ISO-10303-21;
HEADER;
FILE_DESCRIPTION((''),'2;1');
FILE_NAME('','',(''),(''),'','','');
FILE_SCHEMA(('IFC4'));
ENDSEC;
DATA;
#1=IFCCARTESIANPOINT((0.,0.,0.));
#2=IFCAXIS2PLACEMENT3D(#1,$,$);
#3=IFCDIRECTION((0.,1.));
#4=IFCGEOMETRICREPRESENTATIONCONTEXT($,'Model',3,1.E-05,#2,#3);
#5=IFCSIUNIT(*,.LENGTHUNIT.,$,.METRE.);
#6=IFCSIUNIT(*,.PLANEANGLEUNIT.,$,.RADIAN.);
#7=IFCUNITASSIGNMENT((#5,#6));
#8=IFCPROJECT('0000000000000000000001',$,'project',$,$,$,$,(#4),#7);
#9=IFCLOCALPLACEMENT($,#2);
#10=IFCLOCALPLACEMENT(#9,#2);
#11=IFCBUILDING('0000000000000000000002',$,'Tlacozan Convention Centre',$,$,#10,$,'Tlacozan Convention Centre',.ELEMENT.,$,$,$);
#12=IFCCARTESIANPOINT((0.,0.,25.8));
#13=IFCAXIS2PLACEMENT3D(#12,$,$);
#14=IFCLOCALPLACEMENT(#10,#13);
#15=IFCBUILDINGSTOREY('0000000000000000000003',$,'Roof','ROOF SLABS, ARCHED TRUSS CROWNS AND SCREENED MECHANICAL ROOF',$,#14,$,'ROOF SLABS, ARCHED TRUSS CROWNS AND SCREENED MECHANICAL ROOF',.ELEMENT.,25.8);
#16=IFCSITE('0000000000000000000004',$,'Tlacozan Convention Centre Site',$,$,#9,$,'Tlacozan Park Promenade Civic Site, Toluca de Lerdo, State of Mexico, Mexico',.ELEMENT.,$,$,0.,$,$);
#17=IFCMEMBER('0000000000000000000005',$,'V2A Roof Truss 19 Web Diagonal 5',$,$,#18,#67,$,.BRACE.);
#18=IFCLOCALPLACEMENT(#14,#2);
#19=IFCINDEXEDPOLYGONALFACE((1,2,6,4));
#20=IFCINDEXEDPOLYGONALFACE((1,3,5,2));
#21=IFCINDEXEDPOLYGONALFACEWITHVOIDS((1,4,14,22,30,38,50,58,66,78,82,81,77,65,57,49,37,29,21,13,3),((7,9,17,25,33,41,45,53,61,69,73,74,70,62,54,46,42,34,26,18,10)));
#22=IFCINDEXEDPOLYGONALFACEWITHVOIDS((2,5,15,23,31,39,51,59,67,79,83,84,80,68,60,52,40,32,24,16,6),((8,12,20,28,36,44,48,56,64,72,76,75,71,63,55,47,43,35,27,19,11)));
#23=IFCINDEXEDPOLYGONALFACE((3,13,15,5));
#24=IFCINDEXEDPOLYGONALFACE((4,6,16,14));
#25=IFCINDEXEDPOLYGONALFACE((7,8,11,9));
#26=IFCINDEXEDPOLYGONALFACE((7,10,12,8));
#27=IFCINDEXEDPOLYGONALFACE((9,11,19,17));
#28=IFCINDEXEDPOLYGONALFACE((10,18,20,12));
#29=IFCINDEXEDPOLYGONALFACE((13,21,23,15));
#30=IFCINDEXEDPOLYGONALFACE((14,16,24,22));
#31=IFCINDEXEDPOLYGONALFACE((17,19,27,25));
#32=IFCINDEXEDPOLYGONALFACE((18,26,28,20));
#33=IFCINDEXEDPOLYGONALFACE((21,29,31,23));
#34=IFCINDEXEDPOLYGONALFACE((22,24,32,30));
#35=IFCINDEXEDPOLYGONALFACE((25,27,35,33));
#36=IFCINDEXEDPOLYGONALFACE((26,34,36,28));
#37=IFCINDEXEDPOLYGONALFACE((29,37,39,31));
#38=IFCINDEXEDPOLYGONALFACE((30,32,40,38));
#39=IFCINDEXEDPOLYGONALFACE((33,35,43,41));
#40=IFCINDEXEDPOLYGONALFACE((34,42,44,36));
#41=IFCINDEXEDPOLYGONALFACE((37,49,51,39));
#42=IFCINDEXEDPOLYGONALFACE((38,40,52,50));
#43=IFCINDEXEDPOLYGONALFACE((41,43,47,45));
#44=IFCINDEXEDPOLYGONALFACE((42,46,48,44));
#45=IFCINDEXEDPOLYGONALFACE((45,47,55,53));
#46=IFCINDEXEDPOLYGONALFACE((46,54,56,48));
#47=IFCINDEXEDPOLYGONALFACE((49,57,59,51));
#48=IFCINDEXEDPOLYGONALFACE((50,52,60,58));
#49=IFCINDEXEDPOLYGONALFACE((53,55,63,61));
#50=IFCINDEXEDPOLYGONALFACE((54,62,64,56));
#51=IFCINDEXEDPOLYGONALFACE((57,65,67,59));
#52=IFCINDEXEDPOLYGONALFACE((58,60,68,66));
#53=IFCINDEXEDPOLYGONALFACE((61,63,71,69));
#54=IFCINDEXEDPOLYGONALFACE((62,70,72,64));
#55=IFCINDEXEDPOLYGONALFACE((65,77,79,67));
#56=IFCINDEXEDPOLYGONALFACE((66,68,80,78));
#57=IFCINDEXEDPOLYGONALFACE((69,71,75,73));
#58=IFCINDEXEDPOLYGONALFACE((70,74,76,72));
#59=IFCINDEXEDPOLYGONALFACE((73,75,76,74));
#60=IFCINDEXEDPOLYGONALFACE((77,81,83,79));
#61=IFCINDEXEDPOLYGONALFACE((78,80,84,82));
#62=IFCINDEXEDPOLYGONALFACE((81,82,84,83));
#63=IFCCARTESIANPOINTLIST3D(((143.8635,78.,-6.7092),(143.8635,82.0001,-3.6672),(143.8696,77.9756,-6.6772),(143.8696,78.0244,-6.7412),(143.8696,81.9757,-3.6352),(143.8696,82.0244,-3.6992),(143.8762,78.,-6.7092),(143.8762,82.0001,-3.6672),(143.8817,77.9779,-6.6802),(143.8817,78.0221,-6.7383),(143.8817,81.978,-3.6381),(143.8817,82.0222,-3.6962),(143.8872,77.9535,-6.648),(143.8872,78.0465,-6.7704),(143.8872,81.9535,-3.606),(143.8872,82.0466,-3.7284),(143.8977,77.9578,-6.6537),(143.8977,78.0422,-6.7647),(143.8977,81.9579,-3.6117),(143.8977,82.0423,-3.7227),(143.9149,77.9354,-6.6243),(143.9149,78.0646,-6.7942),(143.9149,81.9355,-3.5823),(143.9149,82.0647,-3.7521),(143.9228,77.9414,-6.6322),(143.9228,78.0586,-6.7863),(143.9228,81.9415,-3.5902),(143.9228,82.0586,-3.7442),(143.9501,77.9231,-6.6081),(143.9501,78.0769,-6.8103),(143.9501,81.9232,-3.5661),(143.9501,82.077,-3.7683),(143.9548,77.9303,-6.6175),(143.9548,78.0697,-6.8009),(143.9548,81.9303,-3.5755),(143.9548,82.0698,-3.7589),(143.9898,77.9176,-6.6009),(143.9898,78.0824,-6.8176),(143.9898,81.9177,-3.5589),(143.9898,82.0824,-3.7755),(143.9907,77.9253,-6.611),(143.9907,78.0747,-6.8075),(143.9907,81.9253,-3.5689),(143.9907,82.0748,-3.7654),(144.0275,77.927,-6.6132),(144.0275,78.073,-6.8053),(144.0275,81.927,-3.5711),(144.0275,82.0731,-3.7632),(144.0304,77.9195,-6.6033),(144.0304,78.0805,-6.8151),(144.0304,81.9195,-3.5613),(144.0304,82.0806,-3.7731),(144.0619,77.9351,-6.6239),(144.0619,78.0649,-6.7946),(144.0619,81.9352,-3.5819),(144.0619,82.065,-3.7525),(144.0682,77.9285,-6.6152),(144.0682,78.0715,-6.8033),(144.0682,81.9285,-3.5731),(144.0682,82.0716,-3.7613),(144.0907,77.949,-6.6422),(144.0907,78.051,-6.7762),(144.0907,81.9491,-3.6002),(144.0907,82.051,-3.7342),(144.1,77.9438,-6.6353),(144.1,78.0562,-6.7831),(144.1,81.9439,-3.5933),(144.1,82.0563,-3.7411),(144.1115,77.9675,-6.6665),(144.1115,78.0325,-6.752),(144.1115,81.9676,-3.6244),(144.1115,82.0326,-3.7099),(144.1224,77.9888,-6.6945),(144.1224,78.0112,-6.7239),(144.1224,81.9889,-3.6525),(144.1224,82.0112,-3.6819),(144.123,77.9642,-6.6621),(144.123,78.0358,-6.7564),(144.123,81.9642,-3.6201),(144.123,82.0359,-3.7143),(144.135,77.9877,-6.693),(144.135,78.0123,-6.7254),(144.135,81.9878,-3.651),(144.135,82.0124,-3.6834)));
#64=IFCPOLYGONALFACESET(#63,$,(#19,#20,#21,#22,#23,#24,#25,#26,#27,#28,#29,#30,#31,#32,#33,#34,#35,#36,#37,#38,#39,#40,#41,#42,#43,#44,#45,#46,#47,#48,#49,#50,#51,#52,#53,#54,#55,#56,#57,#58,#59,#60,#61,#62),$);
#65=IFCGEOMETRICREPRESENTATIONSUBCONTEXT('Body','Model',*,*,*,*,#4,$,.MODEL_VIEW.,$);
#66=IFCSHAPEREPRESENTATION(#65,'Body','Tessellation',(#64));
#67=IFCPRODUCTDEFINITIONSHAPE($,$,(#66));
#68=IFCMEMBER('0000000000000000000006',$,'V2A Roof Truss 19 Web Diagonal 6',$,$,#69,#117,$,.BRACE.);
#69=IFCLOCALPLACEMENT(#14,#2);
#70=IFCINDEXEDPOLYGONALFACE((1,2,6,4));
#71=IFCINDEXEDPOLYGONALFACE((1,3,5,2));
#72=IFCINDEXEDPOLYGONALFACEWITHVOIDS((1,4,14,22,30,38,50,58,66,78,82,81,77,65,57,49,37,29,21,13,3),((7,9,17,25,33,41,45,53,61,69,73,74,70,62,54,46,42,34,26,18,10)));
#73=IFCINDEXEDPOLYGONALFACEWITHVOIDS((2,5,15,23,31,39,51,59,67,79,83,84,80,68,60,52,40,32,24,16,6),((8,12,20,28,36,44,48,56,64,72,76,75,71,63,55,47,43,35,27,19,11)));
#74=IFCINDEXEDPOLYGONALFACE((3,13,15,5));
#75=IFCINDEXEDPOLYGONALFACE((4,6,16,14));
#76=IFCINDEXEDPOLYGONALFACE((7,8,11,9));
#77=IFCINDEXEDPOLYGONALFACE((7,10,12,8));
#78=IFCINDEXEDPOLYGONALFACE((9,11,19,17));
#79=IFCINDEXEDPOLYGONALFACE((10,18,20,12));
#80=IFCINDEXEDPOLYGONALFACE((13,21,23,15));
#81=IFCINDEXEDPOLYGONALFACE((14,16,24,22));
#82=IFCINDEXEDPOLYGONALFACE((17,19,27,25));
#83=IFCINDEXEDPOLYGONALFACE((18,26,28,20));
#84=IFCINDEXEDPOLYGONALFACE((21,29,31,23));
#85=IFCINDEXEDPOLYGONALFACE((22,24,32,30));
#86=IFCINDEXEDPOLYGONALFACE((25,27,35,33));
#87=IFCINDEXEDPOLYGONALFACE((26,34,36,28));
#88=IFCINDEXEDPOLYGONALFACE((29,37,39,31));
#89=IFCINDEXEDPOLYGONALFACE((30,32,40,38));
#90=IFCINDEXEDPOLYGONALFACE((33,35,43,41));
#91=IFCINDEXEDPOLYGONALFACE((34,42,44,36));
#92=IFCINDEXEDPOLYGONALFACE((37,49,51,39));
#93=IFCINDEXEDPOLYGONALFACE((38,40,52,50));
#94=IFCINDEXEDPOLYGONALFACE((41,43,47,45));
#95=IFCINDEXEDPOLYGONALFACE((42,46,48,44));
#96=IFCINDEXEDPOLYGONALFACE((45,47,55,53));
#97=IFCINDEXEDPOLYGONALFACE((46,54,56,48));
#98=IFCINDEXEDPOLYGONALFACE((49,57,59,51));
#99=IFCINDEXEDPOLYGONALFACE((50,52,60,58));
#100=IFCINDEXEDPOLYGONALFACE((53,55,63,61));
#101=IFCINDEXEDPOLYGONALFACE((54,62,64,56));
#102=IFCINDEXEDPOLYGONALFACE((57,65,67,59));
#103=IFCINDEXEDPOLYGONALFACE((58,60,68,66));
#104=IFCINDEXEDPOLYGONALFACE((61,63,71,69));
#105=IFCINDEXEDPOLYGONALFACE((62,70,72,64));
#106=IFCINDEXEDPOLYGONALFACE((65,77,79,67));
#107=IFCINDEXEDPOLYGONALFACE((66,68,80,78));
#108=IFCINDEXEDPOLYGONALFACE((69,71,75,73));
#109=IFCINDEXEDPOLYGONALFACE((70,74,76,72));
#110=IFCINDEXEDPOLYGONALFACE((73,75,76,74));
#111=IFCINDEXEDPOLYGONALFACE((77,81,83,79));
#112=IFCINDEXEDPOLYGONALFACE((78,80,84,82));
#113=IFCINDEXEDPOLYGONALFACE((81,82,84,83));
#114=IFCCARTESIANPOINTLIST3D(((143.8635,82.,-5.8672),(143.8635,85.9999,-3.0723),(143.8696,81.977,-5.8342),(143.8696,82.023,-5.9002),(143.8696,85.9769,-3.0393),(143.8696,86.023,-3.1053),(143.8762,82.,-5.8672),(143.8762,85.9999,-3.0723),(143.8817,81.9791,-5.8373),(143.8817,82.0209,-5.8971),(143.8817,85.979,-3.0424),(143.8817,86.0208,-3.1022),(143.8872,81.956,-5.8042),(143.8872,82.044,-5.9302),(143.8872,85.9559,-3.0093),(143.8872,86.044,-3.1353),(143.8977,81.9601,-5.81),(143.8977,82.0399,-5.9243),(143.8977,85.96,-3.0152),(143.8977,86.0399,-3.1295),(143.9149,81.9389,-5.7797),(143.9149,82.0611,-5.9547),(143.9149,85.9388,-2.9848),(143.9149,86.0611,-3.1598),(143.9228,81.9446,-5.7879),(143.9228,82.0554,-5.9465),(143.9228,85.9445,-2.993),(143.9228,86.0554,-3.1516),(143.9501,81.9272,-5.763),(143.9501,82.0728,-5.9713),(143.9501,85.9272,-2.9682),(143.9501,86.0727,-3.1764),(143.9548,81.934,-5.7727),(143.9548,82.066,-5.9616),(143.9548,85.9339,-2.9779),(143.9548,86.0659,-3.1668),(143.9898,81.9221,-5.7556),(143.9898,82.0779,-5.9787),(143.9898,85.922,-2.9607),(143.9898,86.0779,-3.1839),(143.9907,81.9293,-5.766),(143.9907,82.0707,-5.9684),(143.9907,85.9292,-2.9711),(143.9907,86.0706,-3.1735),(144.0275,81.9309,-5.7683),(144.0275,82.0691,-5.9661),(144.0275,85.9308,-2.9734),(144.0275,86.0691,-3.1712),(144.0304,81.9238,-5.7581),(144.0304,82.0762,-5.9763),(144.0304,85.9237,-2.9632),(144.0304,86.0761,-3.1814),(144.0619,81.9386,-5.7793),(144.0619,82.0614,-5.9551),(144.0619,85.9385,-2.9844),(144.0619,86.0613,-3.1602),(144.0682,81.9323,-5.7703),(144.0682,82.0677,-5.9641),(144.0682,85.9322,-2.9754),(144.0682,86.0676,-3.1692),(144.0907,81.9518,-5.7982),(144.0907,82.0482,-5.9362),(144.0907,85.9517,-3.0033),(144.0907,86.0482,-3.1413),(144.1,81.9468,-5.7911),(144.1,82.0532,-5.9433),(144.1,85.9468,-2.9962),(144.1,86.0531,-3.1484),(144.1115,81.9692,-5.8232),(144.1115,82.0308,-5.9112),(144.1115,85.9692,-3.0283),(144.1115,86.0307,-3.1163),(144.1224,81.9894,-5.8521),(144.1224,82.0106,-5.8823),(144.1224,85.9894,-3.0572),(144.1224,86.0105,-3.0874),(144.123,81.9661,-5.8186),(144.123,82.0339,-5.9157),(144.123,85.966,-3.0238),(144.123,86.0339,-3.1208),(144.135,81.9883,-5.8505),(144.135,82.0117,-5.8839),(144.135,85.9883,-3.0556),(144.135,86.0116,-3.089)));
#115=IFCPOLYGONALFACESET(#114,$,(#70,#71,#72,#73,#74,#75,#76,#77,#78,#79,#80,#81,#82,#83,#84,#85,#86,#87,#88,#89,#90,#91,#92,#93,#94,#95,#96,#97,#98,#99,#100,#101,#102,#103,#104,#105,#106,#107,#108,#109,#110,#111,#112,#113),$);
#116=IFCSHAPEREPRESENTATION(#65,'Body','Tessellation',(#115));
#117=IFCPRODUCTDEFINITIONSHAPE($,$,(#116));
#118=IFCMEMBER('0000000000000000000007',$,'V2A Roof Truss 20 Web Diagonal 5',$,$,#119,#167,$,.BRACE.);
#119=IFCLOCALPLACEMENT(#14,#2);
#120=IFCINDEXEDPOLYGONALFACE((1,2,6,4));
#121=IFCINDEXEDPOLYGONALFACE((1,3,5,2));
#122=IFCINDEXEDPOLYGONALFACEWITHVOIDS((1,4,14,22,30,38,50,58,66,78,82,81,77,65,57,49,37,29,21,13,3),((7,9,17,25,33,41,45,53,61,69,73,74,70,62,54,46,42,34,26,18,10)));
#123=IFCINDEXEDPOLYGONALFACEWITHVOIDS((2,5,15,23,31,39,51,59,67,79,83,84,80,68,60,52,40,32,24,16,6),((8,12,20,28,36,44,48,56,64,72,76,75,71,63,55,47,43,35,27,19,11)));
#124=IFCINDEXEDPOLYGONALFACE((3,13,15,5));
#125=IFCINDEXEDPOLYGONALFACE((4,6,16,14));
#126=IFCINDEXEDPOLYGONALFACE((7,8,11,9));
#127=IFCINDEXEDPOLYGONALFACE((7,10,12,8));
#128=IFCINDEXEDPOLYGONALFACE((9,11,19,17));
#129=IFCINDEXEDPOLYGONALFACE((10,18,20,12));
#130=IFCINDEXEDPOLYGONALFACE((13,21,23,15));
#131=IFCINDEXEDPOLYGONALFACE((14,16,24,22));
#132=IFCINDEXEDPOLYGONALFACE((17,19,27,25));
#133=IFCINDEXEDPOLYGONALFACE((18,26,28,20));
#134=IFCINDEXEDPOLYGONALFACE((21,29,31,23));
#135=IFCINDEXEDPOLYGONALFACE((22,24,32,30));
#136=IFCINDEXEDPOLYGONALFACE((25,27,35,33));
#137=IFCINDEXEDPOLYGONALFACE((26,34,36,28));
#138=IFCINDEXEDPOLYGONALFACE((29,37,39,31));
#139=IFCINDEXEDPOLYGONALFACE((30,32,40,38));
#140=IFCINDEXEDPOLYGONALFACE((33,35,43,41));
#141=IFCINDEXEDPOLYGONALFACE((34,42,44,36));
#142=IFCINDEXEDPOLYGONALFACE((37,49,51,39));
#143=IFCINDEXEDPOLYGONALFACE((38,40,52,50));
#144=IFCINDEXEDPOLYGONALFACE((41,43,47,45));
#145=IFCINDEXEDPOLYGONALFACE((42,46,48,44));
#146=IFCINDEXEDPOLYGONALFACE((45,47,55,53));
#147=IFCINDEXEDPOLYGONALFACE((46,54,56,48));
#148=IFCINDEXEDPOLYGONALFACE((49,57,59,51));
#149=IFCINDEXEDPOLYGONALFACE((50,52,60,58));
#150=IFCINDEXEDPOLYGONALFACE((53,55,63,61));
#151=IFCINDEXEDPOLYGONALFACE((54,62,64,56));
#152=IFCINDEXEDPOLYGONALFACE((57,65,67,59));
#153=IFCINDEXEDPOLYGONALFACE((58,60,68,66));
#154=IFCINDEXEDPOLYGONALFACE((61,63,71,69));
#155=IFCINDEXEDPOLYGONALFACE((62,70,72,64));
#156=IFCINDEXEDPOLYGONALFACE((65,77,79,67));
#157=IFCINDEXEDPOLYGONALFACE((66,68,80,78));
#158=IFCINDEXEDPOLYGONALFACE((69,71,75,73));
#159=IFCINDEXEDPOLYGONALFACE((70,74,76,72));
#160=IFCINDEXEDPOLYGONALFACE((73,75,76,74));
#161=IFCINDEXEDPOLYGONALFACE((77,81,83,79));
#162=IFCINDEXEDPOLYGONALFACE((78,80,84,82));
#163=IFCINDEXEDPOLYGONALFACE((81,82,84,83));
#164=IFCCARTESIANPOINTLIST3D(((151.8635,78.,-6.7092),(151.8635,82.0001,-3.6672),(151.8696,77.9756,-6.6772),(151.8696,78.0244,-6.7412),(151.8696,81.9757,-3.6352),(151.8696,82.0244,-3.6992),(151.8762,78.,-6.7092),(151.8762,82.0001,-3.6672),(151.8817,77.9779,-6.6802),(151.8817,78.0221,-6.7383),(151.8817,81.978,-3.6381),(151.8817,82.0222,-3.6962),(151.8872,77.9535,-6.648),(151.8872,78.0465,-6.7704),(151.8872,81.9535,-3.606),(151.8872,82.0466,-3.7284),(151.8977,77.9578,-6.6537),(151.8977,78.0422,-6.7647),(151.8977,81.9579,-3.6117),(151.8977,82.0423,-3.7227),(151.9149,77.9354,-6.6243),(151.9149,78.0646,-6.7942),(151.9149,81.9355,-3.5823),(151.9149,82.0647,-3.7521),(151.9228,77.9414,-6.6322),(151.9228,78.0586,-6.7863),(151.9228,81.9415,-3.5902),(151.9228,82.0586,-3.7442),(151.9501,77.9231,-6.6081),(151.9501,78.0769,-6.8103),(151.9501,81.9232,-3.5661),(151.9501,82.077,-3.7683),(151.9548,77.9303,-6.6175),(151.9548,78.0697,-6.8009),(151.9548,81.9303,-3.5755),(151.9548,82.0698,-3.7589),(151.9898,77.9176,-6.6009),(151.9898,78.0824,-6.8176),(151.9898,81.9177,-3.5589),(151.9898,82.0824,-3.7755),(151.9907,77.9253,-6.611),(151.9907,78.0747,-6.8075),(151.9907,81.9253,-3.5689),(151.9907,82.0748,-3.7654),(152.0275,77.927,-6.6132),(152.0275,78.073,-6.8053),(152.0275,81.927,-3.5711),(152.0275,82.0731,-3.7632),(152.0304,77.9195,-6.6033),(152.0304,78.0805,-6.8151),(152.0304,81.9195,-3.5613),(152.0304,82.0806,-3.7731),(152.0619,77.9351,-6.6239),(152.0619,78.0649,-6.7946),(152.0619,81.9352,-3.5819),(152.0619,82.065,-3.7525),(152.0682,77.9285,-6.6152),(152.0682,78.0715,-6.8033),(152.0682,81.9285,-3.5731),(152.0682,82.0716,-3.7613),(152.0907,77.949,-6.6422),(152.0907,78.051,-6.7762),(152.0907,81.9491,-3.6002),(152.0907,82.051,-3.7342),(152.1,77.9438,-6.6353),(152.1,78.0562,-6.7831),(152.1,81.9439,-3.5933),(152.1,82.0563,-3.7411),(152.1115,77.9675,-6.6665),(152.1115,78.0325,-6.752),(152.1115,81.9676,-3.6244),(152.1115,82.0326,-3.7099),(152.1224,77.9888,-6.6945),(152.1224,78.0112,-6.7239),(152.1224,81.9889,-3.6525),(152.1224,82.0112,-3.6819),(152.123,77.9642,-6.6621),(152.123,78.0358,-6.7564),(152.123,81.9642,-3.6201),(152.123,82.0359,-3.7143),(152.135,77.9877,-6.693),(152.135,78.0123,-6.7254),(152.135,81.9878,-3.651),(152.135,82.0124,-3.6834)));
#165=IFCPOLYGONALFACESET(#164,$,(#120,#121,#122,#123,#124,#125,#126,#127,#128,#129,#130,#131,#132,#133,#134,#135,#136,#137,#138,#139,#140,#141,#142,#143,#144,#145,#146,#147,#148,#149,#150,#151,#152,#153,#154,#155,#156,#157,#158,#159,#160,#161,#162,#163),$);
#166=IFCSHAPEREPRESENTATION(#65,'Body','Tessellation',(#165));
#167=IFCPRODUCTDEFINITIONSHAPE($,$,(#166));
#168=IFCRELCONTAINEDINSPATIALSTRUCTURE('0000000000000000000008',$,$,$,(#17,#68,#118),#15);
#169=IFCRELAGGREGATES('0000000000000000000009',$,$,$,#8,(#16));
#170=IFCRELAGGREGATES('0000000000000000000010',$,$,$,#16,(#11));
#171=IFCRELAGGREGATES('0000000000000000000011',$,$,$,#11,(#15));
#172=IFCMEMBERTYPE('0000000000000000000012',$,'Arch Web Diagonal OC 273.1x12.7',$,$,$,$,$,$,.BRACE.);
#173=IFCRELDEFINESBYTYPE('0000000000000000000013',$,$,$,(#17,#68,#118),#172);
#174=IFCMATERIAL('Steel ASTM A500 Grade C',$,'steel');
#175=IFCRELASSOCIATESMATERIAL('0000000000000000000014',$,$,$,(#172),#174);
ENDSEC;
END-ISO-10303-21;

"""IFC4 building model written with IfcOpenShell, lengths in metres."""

from ifc_helpers import new_model, si_unit, direction, frame, origin, origin_2d, place, context, subcontext, project, spatial, hollow_circle, extrude, material, material_profile, profile_set, type_object, element, save


model = new_model("IFC4")

# Units and contexts
model_context = context("Model", 3, precision=1e-05, world=origin(), true_north=direction((0.0, 1.0)))
body_context = subcontext(model_context, "Body", "Model", "MODEL_VIEW")
ifc_project = project(units=[si_unit("LENGTHUNIT", "METRE"), si_unit("PLANEANGLEUNIT", "RADIAN")], contexts=[model_context])

# Site, building, storey
site_placement = place(None, origin())
site = spatial("IfcSite", under=ifc_project, at=site_placement, Name="Tlacozan Convention Centre Site", LongName="Tlacozan Park Promenade Civic Site, Toluca de Lerdo, State of Mexico, Mexico", CompositionType="ELEMENT", RefElevation=0.0)
building_placement = place(site_placement, origin())
building = spatial("IfcBuilding", under=site, at=building_placement, Name="Tlacozan Convention Centre", LongName="Tlacozan Convention Centre", CompositionType="ELEMENT")
storey_placement = place(building_placement, frame((0.0, 0.0, 25.8)))
storey = spatial("IfcBuildingStorey", under=building, at=storey_placement, Name="Roof", Description="ROOF SLABS, ARCHED TRUSS CROWNS AND SCREENED MECHANICAL ROOF", LongName="ROOF SLABS, ARCHED TRUSS CROWNS AND SCREENED MECHANICAL ROOF", CompositionType="ELEMENT", Elevation=25.8)

# Members
ifc_material_1 = material(Name="Steel ASTM A500 Grade C", Category="steel")
ifc_material_profile_1 = material_profile(ifc_material_1, hollow_circle(Radius=0.1365, WallThickness=0.0127, at=origin_2d()), Name="OC 273.1x12.7")
ifc_profile_set_1 = profile_set([ifc_material_profile_1], Name="Steel ASTM A500 Grade C")
member_type_1 = type_object("IfcMemberType", Name="Arch Web Diagonal OC 273.1x12.7", PredefinedType="BRACE", material=ifc_profile_set_1)
member_1_placement = place(storey_placement, frame((144.0, 78.0, -6.7092), z_axis=(0.0, 0.795971, 0.605335), x_axis=(-1.0, 0.0, 0.0)))
element("IfcMember", 1, at=member_1_placement, inside=storey, type_object=member_type_1, Name="V2A Roof Truss 19 Web Diagonal 5", PredefinedType="BRACE", context=body_context, shape_type="SweptSolid", body=[
    extrude(hollow_circle(Radius=0.1365, WallThickness=0.0127, at=origin_2d()), origin(), (0.0, 0.0, 1.0), 5.0254),
])
member_2_placement = place(storey_placement, frame((144.0, 82.0, -5.8672), z_axis=(0.0, 0.819721, 0.572764), x_axis=(-1.0, 0.0, 0.0)))
element("IfcMember", 2, at=member_2_placement, inside=storey, type_object=member_type_1, Name="V2A Roof Truss 19 Web Diagonal 6", PredefinedType="BRACE", context=body_context, shape_type="SweptSolid", body=[
    extrude(hollow_circle(Radius=0.1365, WallThickness=0.0127, at=origin_2d()), origin(), (0.0, 0.0, 1.0), 4.8796),
])
member_3_placement = place(storey_placement, frame((152.0, 78.0, -6.7092), z_axis=(0.0, 0.795971, 0.605335), x_axis=(-1.0, 0.0, 0.0)))
element("IfcMember", 3, at=member_3_placement, inside=storey, type_object=member_type_1, Name="V2A Roof Truss 20 Web Diagonal 5", PredefinedType="BRACE", context=body_context, shape_type="SweptSolid", body=[
    extrude(hollow_circle(Radius=0.1365, WallThickness=0.0127, at=origin_2d()), origin(), (0.0, 0.0, 1.0), 5.0254),
])

save(model, "model.ifc")
